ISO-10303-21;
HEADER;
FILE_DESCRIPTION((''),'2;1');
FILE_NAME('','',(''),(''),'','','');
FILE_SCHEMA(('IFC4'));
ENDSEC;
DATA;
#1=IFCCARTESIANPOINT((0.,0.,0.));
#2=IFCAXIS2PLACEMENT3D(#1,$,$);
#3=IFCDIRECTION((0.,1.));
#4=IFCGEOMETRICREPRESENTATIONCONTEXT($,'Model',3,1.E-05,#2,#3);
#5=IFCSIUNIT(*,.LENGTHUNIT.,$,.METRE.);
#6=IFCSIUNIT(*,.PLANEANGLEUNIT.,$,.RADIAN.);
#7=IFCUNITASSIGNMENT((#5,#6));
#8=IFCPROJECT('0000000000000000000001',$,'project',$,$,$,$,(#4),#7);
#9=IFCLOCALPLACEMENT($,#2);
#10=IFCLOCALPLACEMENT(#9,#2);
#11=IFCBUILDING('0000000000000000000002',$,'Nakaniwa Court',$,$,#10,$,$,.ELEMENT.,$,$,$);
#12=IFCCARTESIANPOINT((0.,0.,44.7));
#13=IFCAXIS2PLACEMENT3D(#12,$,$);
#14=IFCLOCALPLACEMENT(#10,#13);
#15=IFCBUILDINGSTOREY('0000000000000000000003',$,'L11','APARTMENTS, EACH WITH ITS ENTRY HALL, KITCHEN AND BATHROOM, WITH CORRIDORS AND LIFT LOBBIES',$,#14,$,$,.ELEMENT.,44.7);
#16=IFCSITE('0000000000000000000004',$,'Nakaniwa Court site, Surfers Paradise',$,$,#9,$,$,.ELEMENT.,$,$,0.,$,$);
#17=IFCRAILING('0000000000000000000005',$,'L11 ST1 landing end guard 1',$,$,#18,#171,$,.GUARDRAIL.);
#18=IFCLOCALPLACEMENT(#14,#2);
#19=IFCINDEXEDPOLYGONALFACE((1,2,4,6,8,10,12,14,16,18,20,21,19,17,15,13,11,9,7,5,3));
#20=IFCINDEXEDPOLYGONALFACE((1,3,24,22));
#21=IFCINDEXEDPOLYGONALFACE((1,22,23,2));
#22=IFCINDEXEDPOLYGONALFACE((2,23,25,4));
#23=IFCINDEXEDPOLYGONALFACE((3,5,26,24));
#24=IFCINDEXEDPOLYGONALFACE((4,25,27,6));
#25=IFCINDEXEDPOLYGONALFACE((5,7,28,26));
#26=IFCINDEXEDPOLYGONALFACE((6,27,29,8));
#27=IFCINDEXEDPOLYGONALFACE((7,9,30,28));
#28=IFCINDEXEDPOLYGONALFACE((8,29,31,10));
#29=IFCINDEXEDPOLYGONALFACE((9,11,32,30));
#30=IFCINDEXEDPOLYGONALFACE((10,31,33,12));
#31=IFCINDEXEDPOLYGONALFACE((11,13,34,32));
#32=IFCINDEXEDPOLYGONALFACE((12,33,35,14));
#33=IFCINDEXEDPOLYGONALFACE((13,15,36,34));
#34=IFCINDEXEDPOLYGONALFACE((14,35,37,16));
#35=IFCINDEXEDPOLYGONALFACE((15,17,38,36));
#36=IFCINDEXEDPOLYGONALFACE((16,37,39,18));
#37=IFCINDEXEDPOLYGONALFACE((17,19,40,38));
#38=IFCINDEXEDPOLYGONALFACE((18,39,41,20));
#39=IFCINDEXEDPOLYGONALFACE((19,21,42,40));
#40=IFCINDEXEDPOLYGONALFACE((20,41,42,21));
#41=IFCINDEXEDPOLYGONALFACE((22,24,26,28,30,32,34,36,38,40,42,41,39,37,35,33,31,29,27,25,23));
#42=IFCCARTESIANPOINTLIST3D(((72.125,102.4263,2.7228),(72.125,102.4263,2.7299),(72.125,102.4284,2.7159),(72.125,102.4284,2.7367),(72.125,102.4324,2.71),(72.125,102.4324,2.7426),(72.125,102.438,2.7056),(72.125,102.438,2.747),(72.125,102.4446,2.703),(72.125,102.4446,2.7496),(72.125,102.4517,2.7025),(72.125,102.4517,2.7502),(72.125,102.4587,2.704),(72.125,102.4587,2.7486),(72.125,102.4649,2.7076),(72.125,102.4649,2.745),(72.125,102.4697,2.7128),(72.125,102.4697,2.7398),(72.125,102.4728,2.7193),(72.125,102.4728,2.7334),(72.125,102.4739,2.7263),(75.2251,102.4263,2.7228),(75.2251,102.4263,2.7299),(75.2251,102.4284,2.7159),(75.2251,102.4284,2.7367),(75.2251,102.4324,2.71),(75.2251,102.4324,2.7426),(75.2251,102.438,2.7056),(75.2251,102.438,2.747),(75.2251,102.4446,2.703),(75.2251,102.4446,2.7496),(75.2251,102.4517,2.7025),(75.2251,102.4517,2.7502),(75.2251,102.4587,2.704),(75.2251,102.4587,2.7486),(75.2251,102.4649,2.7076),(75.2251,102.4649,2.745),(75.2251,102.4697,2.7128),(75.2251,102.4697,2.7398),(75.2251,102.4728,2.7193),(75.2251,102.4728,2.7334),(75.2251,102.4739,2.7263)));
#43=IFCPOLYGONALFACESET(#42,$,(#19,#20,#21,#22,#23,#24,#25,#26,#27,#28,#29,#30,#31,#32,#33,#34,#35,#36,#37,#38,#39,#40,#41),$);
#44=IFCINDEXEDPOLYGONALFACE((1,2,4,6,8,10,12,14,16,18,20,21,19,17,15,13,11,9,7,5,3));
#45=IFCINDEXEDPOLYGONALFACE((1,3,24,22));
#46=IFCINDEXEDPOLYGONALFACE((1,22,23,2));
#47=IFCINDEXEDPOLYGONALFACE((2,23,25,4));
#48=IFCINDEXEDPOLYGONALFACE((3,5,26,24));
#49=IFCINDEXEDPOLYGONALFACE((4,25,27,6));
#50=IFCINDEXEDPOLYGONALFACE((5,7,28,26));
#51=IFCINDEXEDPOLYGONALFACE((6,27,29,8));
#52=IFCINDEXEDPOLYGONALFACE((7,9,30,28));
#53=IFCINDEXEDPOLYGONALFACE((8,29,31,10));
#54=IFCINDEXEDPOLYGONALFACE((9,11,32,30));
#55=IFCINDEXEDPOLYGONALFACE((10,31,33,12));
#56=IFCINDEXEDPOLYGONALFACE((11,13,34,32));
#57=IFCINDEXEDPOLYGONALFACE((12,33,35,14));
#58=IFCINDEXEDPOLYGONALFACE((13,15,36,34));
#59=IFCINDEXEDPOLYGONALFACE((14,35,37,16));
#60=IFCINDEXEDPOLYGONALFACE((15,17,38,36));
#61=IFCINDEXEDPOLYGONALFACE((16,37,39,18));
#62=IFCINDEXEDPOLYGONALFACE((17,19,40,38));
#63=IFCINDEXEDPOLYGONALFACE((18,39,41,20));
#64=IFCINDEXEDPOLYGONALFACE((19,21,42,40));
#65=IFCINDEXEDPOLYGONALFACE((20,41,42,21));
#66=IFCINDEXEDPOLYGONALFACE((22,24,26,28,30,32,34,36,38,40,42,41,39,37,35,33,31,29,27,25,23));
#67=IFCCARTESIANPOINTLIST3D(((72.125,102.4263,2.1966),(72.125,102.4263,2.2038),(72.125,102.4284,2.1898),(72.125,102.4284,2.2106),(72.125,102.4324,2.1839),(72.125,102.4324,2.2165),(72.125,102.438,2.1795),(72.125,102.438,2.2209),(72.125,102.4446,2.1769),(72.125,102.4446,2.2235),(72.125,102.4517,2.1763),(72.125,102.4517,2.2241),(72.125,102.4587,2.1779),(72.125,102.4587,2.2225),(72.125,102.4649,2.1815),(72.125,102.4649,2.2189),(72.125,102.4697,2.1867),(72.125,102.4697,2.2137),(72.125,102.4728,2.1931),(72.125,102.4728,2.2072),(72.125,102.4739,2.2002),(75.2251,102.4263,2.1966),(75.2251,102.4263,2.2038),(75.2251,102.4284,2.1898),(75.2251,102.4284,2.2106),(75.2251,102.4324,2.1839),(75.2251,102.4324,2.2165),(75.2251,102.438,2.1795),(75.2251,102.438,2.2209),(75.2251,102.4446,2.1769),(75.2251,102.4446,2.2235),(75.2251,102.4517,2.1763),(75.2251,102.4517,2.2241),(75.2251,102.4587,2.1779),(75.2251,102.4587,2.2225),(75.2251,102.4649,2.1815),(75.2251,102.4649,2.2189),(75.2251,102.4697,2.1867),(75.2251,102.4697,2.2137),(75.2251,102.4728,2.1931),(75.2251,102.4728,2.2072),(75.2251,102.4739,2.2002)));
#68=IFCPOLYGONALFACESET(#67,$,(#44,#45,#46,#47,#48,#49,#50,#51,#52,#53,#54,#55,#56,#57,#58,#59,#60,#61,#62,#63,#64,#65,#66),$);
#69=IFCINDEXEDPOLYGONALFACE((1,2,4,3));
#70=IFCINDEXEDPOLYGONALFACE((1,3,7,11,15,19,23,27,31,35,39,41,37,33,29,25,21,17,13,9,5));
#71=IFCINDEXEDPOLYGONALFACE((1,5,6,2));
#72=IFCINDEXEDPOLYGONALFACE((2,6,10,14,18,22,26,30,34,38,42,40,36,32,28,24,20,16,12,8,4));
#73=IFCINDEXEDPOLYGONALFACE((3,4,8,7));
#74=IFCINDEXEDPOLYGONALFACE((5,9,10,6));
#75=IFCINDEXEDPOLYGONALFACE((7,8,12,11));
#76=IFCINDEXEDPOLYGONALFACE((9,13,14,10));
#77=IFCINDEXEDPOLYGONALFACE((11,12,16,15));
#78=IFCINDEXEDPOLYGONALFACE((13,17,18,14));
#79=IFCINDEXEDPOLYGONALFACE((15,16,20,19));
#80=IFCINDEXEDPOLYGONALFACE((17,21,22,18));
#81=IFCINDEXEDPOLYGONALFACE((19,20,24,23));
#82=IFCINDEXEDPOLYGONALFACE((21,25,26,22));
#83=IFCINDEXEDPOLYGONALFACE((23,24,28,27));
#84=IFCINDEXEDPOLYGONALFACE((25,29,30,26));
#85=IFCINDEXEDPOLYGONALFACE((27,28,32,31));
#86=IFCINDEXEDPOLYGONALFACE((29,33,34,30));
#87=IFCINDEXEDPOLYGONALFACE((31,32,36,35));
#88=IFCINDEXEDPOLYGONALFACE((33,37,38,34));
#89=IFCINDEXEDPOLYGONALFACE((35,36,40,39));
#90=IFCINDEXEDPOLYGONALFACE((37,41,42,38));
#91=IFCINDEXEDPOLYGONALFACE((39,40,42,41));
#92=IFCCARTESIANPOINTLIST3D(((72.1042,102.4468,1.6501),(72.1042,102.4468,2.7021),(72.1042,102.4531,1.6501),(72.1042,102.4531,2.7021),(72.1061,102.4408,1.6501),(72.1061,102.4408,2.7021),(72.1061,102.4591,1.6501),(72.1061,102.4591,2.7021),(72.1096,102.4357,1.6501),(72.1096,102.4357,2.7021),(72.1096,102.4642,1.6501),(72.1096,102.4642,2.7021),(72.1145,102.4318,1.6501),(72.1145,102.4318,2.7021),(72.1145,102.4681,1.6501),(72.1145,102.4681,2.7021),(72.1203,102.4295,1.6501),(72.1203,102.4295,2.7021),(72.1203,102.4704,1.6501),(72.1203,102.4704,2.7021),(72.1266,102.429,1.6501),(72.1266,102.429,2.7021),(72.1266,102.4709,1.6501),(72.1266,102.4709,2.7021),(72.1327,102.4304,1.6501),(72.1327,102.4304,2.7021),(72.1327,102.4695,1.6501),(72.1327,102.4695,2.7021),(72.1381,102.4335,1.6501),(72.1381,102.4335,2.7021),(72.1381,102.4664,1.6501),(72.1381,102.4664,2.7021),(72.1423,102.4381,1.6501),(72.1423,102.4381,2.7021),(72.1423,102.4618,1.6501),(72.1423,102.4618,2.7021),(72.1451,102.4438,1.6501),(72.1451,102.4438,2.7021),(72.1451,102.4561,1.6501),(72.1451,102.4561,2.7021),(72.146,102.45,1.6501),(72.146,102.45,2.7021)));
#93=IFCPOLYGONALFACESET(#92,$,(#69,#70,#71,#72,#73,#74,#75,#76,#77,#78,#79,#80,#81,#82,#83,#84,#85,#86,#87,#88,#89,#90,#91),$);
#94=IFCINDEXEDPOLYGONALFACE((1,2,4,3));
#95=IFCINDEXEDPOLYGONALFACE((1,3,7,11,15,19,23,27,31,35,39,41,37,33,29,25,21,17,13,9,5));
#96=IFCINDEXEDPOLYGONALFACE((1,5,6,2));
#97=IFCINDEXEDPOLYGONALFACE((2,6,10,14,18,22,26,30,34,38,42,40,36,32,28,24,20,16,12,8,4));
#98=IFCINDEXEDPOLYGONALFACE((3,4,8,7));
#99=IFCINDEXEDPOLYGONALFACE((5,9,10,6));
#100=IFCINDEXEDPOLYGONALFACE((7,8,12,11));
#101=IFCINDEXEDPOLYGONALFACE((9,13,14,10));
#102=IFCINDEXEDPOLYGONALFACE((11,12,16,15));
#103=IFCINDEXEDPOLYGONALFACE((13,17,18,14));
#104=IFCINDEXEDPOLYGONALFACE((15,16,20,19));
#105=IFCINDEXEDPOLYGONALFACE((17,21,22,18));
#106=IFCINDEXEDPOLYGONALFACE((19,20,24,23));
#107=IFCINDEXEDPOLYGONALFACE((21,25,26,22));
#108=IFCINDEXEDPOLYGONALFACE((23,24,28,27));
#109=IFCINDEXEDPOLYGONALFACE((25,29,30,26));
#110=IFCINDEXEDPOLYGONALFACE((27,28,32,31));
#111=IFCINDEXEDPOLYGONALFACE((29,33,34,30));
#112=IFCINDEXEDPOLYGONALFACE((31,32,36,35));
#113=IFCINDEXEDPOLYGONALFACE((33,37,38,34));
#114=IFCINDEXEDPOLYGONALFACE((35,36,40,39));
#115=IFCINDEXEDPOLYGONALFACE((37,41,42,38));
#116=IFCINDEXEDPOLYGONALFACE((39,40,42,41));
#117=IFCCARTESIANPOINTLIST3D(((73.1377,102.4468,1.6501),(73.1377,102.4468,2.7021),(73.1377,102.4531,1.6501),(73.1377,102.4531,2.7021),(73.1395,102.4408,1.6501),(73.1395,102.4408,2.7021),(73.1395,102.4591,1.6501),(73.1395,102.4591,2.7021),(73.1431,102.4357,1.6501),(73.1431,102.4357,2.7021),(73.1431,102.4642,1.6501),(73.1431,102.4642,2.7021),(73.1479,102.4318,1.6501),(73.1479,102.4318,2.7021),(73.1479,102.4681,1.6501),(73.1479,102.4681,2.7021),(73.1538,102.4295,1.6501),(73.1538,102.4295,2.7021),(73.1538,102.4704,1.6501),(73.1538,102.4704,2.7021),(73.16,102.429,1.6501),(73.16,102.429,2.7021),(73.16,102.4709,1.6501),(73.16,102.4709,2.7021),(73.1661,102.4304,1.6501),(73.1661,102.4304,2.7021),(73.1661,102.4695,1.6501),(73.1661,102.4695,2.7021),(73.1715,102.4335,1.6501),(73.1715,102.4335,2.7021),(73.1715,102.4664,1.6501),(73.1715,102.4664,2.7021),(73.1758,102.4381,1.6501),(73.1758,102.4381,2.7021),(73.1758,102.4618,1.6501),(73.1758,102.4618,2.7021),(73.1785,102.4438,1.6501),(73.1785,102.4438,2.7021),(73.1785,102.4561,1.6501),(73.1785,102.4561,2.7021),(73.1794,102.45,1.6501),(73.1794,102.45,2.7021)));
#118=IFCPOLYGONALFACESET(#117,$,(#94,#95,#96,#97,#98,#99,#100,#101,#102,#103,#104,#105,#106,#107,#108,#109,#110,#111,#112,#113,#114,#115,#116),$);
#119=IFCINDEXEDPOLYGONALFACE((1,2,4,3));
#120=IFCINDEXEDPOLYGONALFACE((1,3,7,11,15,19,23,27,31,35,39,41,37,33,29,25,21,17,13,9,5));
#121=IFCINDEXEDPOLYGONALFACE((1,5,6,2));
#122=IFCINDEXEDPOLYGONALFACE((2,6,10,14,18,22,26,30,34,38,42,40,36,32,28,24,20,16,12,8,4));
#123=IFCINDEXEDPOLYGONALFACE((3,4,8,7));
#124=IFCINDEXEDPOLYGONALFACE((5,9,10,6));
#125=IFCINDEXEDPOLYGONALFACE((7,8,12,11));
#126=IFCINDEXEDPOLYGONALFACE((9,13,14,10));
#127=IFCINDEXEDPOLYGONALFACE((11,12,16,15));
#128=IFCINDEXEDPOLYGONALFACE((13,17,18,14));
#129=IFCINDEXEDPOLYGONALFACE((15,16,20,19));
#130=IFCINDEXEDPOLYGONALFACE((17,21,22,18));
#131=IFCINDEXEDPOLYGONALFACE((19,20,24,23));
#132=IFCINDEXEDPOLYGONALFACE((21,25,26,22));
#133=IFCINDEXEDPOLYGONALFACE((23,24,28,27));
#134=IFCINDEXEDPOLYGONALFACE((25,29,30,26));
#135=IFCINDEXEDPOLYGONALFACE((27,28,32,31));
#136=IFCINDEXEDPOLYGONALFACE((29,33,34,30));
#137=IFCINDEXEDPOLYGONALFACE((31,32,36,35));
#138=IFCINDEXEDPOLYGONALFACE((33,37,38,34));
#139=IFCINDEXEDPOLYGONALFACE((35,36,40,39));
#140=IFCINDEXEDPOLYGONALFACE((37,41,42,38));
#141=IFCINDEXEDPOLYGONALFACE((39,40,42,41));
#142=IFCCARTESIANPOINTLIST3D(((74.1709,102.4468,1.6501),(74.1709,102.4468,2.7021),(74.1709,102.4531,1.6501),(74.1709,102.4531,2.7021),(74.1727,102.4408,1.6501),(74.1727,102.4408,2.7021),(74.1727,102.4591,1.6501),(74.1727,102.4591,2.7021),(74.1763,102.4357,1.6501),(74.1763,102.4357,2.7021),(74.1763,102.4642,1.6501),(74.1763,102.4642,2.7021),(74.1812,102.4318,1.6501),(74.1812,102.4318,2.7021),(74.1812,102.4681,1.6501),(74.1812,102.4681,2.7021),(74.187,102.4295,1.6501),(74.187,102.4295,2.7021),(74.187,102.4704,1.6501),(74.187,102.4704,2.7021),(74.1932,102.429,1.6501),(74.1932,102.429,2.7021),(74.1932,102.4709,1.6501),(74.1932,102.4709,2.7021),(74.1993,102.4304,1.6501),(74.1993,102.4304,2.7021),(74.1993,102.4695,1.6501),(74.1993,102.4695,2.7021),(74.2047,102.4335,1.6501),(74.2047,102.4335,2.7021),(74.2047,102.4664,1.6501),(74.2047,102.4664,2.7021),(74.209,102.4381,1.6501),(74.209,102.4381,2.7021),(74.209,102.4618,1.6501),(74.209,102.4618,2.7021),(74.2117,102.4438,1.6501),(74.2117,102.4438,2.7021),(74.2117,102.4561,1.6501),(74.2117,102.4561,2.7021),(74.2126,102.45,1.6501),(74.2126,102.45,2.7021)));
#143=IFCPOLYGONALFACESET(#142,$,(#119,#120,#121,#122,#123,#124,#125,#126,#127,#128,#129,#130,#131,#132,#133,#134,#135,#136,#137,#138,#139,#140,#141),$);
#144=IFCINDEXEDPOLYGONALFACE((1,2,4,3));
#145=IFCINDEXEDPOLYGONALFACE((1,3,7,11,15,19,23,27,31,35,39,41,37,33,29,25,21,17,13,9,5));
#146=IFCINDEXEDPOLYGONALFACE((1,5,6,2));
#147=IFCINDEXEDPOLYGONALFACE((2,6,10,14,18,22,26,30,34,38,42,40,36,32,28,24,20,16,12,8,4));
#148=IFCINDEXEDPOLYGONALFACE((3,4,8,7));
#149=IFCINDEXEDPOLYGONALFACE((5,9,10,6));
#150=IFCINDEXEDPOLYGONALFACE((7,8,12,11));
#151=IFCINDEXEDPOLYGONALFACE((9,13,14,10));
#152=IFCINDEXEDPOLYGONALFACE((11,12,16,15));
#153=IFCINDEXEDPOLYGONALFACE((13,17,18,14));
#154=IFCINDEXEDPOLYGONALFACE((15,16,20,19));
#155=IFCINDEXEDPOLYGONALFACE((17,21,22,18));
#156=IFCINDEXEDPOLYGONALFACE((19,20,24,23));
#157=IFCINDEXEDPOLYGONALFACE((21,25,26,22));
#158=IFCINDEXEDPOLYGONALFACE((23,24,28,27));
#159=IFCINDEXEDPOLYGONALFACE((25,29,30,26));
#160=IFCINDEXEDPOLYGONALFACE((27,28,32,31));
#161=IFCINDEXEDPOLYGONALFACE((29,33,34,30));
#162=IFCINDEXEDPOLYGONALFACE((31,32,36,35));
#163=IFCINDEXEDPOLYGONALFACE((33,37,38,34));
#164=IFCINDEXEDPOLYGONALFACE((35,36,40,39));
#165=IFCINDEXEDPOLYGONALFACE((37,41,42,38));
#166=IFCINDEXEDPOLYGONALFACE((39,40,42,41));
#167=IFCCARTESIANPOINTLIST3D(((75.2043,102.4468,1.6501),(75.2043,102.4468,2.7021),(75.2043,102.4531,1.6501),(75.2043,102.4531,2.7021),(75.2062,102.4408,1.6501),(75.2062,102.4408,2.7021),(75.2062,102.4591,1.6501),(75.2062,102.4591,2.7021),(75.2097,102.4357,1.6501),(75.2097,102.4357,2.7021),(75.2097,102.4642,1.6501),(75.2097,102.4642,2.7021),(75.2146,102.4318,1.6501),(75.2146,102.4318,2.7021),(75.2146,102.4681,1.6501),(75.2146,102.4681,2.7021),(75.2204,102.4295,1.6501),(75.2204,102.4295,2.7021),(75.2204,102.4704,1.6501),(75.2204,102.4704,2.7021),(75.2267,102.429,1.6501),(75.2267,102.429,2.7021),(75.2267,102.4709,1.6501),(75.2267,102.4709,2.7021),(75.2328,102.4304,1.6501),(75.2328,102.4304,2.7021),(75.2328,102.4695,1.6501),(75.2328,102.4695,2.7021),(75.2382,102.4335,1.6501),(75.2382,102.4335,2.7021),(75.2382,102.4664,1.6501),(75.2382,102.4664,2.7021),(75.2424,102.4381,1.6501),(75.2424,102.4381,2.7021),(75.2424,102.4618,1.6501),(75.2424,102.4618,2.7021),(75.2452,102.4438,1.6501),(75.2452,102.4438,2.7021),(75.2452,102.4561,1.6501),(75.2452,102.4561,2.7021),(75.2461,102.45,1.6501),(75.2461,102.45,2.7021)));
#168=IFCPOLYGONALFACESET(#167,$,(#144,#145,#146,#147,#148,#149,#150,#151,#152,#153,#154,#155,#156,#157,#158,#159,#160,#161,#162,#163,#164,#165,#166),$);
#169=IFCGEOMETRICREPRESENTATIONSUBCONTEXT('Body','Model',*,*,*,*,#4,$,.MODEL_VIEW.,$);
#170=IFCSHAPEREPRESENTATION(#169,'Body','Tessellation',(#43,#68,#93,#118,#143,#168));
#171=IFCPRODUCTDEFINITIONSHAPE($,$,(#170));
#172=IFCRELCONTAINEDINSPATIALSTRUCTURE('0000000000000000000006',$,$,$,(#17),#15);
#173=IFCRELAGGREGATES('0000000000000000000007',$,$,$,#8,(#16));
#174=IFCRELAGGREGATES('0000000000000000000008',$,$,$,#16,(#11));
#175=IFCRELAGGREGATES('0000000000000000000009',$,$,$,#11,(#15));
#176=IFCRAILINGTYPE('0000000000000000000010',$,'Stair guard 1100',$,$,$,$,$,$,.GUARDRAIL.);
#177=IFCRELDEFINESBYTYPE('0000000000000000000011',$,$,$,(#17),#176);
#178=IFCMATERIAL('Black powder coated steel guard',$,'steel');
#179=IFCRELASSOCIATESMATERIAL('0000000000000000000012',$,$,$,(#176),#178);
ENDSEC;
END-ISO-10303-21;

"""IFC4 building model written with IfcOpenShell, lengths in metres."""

from ifc_helpers import new_model, si_unit, direction, frame, origin, origin_2d, place, context, subcontext, project, spatial, circle, extrude, material, type_object, element, save


model = new_model("IFC4")

# Units and contexts
model_context = context("Model", 3, precision=1e-05, world=origin(), true_north=direction((0.0, 1.0)))
body_context = subcontext(model_context, "Body", "Model", "MODEL_VIEW")
ifc_project = project(units=[si_unit("LENGTHUNIT", "METRE"), si_unit("PLANEANGLEUNIT", "RADIAN")], contexts=[model_context])

# Site, building, storey
site_placement = place(None, origin())
site = spatial("IfcSite", under=ifc_project, at=site_placement, Name="Nakaniwa Court site, Surfers Paradise", CompositionType="ELEMENT", RefElevation=0.0)
building_placement = place(site_placement, origin())
building = spatial("IfcBuilding", under=site, at=building_placement, Name="Nakaniwa Court", CompositionType="ELEMENT")
storey_placement = place(building_placement, frame((0.0, 0.0, 44.7)))
storey = spatial("IfcBuildingStorey", under=building, at=storey_placement, Name="L11", Description="APARTMENTS, EACH WITH ITS ENTRY HALL, KITCHEN AND BATHROOM, WITH CORRIDORS AND LIFT LOBBIES", CompositionType="ELEMENT", Elevation=44.7)

# Railing
ifc_material_1 = material(Name="Black powder coated steel guard", Category="steel")
railing_type_1 = type_object("IfcRailingType", Name="Stair guard 1100", PredefinedType="GUARDRAIL", material=ifc_material_1)
railing_1_placement = place(storey_placement, frame((72.125, 102.45, 1.6501)))
element("IfcRailing", 1, at=railing_1_placement, inside=storey, type_object=railing_type_1, Name="L11 ST1 landing end guard 1", PredefinedType="GUARDRAIL", context=body_context, shape_type="SweptSolid", body=[
    extrude(circle(Radius=0.0239, at=origin_2d()), frame((0.0, 0.0, 1.0762), z_axis=(1.0, 0.0, 0.0), x_axis=(0.0, 1.0, 0.0)), (0.0, 0.0, 1.0), 3.1001),
    extrude(circle(Radius=0.0239, at=origin_2d()), frame((0.0, 0.0, 0.55), z_axis=(1.0, 0.0, 0.0), x_axis=(0.0, 1.0, 0.0)), (0.0, 0.0, 1.0), 3.1001),
    extrude(circle(Radius=0.021, at=origin_2d()), origin(), (0.0, 0.0, 1.0), 1.052),
    extrude(circle(Radius=0.021, at=origin_2d()), frame((1.0334, 0.0, 0.0)), (0.0, 0.0, 1.0), 1.052),
    extrude(circle(Radius=0.021, at=origin_2d()), frame((2.0667, 0.0, 0.0)), (0.0, 0.0, 1.0), 1.052),
    extrude(circle(Radius=0.021, at=origin_2d()), frame((3.1001, 0.0, 0.0)), (0.0, 0.0, 1.0), 1.052),
])

save(model, "model.ifc")
